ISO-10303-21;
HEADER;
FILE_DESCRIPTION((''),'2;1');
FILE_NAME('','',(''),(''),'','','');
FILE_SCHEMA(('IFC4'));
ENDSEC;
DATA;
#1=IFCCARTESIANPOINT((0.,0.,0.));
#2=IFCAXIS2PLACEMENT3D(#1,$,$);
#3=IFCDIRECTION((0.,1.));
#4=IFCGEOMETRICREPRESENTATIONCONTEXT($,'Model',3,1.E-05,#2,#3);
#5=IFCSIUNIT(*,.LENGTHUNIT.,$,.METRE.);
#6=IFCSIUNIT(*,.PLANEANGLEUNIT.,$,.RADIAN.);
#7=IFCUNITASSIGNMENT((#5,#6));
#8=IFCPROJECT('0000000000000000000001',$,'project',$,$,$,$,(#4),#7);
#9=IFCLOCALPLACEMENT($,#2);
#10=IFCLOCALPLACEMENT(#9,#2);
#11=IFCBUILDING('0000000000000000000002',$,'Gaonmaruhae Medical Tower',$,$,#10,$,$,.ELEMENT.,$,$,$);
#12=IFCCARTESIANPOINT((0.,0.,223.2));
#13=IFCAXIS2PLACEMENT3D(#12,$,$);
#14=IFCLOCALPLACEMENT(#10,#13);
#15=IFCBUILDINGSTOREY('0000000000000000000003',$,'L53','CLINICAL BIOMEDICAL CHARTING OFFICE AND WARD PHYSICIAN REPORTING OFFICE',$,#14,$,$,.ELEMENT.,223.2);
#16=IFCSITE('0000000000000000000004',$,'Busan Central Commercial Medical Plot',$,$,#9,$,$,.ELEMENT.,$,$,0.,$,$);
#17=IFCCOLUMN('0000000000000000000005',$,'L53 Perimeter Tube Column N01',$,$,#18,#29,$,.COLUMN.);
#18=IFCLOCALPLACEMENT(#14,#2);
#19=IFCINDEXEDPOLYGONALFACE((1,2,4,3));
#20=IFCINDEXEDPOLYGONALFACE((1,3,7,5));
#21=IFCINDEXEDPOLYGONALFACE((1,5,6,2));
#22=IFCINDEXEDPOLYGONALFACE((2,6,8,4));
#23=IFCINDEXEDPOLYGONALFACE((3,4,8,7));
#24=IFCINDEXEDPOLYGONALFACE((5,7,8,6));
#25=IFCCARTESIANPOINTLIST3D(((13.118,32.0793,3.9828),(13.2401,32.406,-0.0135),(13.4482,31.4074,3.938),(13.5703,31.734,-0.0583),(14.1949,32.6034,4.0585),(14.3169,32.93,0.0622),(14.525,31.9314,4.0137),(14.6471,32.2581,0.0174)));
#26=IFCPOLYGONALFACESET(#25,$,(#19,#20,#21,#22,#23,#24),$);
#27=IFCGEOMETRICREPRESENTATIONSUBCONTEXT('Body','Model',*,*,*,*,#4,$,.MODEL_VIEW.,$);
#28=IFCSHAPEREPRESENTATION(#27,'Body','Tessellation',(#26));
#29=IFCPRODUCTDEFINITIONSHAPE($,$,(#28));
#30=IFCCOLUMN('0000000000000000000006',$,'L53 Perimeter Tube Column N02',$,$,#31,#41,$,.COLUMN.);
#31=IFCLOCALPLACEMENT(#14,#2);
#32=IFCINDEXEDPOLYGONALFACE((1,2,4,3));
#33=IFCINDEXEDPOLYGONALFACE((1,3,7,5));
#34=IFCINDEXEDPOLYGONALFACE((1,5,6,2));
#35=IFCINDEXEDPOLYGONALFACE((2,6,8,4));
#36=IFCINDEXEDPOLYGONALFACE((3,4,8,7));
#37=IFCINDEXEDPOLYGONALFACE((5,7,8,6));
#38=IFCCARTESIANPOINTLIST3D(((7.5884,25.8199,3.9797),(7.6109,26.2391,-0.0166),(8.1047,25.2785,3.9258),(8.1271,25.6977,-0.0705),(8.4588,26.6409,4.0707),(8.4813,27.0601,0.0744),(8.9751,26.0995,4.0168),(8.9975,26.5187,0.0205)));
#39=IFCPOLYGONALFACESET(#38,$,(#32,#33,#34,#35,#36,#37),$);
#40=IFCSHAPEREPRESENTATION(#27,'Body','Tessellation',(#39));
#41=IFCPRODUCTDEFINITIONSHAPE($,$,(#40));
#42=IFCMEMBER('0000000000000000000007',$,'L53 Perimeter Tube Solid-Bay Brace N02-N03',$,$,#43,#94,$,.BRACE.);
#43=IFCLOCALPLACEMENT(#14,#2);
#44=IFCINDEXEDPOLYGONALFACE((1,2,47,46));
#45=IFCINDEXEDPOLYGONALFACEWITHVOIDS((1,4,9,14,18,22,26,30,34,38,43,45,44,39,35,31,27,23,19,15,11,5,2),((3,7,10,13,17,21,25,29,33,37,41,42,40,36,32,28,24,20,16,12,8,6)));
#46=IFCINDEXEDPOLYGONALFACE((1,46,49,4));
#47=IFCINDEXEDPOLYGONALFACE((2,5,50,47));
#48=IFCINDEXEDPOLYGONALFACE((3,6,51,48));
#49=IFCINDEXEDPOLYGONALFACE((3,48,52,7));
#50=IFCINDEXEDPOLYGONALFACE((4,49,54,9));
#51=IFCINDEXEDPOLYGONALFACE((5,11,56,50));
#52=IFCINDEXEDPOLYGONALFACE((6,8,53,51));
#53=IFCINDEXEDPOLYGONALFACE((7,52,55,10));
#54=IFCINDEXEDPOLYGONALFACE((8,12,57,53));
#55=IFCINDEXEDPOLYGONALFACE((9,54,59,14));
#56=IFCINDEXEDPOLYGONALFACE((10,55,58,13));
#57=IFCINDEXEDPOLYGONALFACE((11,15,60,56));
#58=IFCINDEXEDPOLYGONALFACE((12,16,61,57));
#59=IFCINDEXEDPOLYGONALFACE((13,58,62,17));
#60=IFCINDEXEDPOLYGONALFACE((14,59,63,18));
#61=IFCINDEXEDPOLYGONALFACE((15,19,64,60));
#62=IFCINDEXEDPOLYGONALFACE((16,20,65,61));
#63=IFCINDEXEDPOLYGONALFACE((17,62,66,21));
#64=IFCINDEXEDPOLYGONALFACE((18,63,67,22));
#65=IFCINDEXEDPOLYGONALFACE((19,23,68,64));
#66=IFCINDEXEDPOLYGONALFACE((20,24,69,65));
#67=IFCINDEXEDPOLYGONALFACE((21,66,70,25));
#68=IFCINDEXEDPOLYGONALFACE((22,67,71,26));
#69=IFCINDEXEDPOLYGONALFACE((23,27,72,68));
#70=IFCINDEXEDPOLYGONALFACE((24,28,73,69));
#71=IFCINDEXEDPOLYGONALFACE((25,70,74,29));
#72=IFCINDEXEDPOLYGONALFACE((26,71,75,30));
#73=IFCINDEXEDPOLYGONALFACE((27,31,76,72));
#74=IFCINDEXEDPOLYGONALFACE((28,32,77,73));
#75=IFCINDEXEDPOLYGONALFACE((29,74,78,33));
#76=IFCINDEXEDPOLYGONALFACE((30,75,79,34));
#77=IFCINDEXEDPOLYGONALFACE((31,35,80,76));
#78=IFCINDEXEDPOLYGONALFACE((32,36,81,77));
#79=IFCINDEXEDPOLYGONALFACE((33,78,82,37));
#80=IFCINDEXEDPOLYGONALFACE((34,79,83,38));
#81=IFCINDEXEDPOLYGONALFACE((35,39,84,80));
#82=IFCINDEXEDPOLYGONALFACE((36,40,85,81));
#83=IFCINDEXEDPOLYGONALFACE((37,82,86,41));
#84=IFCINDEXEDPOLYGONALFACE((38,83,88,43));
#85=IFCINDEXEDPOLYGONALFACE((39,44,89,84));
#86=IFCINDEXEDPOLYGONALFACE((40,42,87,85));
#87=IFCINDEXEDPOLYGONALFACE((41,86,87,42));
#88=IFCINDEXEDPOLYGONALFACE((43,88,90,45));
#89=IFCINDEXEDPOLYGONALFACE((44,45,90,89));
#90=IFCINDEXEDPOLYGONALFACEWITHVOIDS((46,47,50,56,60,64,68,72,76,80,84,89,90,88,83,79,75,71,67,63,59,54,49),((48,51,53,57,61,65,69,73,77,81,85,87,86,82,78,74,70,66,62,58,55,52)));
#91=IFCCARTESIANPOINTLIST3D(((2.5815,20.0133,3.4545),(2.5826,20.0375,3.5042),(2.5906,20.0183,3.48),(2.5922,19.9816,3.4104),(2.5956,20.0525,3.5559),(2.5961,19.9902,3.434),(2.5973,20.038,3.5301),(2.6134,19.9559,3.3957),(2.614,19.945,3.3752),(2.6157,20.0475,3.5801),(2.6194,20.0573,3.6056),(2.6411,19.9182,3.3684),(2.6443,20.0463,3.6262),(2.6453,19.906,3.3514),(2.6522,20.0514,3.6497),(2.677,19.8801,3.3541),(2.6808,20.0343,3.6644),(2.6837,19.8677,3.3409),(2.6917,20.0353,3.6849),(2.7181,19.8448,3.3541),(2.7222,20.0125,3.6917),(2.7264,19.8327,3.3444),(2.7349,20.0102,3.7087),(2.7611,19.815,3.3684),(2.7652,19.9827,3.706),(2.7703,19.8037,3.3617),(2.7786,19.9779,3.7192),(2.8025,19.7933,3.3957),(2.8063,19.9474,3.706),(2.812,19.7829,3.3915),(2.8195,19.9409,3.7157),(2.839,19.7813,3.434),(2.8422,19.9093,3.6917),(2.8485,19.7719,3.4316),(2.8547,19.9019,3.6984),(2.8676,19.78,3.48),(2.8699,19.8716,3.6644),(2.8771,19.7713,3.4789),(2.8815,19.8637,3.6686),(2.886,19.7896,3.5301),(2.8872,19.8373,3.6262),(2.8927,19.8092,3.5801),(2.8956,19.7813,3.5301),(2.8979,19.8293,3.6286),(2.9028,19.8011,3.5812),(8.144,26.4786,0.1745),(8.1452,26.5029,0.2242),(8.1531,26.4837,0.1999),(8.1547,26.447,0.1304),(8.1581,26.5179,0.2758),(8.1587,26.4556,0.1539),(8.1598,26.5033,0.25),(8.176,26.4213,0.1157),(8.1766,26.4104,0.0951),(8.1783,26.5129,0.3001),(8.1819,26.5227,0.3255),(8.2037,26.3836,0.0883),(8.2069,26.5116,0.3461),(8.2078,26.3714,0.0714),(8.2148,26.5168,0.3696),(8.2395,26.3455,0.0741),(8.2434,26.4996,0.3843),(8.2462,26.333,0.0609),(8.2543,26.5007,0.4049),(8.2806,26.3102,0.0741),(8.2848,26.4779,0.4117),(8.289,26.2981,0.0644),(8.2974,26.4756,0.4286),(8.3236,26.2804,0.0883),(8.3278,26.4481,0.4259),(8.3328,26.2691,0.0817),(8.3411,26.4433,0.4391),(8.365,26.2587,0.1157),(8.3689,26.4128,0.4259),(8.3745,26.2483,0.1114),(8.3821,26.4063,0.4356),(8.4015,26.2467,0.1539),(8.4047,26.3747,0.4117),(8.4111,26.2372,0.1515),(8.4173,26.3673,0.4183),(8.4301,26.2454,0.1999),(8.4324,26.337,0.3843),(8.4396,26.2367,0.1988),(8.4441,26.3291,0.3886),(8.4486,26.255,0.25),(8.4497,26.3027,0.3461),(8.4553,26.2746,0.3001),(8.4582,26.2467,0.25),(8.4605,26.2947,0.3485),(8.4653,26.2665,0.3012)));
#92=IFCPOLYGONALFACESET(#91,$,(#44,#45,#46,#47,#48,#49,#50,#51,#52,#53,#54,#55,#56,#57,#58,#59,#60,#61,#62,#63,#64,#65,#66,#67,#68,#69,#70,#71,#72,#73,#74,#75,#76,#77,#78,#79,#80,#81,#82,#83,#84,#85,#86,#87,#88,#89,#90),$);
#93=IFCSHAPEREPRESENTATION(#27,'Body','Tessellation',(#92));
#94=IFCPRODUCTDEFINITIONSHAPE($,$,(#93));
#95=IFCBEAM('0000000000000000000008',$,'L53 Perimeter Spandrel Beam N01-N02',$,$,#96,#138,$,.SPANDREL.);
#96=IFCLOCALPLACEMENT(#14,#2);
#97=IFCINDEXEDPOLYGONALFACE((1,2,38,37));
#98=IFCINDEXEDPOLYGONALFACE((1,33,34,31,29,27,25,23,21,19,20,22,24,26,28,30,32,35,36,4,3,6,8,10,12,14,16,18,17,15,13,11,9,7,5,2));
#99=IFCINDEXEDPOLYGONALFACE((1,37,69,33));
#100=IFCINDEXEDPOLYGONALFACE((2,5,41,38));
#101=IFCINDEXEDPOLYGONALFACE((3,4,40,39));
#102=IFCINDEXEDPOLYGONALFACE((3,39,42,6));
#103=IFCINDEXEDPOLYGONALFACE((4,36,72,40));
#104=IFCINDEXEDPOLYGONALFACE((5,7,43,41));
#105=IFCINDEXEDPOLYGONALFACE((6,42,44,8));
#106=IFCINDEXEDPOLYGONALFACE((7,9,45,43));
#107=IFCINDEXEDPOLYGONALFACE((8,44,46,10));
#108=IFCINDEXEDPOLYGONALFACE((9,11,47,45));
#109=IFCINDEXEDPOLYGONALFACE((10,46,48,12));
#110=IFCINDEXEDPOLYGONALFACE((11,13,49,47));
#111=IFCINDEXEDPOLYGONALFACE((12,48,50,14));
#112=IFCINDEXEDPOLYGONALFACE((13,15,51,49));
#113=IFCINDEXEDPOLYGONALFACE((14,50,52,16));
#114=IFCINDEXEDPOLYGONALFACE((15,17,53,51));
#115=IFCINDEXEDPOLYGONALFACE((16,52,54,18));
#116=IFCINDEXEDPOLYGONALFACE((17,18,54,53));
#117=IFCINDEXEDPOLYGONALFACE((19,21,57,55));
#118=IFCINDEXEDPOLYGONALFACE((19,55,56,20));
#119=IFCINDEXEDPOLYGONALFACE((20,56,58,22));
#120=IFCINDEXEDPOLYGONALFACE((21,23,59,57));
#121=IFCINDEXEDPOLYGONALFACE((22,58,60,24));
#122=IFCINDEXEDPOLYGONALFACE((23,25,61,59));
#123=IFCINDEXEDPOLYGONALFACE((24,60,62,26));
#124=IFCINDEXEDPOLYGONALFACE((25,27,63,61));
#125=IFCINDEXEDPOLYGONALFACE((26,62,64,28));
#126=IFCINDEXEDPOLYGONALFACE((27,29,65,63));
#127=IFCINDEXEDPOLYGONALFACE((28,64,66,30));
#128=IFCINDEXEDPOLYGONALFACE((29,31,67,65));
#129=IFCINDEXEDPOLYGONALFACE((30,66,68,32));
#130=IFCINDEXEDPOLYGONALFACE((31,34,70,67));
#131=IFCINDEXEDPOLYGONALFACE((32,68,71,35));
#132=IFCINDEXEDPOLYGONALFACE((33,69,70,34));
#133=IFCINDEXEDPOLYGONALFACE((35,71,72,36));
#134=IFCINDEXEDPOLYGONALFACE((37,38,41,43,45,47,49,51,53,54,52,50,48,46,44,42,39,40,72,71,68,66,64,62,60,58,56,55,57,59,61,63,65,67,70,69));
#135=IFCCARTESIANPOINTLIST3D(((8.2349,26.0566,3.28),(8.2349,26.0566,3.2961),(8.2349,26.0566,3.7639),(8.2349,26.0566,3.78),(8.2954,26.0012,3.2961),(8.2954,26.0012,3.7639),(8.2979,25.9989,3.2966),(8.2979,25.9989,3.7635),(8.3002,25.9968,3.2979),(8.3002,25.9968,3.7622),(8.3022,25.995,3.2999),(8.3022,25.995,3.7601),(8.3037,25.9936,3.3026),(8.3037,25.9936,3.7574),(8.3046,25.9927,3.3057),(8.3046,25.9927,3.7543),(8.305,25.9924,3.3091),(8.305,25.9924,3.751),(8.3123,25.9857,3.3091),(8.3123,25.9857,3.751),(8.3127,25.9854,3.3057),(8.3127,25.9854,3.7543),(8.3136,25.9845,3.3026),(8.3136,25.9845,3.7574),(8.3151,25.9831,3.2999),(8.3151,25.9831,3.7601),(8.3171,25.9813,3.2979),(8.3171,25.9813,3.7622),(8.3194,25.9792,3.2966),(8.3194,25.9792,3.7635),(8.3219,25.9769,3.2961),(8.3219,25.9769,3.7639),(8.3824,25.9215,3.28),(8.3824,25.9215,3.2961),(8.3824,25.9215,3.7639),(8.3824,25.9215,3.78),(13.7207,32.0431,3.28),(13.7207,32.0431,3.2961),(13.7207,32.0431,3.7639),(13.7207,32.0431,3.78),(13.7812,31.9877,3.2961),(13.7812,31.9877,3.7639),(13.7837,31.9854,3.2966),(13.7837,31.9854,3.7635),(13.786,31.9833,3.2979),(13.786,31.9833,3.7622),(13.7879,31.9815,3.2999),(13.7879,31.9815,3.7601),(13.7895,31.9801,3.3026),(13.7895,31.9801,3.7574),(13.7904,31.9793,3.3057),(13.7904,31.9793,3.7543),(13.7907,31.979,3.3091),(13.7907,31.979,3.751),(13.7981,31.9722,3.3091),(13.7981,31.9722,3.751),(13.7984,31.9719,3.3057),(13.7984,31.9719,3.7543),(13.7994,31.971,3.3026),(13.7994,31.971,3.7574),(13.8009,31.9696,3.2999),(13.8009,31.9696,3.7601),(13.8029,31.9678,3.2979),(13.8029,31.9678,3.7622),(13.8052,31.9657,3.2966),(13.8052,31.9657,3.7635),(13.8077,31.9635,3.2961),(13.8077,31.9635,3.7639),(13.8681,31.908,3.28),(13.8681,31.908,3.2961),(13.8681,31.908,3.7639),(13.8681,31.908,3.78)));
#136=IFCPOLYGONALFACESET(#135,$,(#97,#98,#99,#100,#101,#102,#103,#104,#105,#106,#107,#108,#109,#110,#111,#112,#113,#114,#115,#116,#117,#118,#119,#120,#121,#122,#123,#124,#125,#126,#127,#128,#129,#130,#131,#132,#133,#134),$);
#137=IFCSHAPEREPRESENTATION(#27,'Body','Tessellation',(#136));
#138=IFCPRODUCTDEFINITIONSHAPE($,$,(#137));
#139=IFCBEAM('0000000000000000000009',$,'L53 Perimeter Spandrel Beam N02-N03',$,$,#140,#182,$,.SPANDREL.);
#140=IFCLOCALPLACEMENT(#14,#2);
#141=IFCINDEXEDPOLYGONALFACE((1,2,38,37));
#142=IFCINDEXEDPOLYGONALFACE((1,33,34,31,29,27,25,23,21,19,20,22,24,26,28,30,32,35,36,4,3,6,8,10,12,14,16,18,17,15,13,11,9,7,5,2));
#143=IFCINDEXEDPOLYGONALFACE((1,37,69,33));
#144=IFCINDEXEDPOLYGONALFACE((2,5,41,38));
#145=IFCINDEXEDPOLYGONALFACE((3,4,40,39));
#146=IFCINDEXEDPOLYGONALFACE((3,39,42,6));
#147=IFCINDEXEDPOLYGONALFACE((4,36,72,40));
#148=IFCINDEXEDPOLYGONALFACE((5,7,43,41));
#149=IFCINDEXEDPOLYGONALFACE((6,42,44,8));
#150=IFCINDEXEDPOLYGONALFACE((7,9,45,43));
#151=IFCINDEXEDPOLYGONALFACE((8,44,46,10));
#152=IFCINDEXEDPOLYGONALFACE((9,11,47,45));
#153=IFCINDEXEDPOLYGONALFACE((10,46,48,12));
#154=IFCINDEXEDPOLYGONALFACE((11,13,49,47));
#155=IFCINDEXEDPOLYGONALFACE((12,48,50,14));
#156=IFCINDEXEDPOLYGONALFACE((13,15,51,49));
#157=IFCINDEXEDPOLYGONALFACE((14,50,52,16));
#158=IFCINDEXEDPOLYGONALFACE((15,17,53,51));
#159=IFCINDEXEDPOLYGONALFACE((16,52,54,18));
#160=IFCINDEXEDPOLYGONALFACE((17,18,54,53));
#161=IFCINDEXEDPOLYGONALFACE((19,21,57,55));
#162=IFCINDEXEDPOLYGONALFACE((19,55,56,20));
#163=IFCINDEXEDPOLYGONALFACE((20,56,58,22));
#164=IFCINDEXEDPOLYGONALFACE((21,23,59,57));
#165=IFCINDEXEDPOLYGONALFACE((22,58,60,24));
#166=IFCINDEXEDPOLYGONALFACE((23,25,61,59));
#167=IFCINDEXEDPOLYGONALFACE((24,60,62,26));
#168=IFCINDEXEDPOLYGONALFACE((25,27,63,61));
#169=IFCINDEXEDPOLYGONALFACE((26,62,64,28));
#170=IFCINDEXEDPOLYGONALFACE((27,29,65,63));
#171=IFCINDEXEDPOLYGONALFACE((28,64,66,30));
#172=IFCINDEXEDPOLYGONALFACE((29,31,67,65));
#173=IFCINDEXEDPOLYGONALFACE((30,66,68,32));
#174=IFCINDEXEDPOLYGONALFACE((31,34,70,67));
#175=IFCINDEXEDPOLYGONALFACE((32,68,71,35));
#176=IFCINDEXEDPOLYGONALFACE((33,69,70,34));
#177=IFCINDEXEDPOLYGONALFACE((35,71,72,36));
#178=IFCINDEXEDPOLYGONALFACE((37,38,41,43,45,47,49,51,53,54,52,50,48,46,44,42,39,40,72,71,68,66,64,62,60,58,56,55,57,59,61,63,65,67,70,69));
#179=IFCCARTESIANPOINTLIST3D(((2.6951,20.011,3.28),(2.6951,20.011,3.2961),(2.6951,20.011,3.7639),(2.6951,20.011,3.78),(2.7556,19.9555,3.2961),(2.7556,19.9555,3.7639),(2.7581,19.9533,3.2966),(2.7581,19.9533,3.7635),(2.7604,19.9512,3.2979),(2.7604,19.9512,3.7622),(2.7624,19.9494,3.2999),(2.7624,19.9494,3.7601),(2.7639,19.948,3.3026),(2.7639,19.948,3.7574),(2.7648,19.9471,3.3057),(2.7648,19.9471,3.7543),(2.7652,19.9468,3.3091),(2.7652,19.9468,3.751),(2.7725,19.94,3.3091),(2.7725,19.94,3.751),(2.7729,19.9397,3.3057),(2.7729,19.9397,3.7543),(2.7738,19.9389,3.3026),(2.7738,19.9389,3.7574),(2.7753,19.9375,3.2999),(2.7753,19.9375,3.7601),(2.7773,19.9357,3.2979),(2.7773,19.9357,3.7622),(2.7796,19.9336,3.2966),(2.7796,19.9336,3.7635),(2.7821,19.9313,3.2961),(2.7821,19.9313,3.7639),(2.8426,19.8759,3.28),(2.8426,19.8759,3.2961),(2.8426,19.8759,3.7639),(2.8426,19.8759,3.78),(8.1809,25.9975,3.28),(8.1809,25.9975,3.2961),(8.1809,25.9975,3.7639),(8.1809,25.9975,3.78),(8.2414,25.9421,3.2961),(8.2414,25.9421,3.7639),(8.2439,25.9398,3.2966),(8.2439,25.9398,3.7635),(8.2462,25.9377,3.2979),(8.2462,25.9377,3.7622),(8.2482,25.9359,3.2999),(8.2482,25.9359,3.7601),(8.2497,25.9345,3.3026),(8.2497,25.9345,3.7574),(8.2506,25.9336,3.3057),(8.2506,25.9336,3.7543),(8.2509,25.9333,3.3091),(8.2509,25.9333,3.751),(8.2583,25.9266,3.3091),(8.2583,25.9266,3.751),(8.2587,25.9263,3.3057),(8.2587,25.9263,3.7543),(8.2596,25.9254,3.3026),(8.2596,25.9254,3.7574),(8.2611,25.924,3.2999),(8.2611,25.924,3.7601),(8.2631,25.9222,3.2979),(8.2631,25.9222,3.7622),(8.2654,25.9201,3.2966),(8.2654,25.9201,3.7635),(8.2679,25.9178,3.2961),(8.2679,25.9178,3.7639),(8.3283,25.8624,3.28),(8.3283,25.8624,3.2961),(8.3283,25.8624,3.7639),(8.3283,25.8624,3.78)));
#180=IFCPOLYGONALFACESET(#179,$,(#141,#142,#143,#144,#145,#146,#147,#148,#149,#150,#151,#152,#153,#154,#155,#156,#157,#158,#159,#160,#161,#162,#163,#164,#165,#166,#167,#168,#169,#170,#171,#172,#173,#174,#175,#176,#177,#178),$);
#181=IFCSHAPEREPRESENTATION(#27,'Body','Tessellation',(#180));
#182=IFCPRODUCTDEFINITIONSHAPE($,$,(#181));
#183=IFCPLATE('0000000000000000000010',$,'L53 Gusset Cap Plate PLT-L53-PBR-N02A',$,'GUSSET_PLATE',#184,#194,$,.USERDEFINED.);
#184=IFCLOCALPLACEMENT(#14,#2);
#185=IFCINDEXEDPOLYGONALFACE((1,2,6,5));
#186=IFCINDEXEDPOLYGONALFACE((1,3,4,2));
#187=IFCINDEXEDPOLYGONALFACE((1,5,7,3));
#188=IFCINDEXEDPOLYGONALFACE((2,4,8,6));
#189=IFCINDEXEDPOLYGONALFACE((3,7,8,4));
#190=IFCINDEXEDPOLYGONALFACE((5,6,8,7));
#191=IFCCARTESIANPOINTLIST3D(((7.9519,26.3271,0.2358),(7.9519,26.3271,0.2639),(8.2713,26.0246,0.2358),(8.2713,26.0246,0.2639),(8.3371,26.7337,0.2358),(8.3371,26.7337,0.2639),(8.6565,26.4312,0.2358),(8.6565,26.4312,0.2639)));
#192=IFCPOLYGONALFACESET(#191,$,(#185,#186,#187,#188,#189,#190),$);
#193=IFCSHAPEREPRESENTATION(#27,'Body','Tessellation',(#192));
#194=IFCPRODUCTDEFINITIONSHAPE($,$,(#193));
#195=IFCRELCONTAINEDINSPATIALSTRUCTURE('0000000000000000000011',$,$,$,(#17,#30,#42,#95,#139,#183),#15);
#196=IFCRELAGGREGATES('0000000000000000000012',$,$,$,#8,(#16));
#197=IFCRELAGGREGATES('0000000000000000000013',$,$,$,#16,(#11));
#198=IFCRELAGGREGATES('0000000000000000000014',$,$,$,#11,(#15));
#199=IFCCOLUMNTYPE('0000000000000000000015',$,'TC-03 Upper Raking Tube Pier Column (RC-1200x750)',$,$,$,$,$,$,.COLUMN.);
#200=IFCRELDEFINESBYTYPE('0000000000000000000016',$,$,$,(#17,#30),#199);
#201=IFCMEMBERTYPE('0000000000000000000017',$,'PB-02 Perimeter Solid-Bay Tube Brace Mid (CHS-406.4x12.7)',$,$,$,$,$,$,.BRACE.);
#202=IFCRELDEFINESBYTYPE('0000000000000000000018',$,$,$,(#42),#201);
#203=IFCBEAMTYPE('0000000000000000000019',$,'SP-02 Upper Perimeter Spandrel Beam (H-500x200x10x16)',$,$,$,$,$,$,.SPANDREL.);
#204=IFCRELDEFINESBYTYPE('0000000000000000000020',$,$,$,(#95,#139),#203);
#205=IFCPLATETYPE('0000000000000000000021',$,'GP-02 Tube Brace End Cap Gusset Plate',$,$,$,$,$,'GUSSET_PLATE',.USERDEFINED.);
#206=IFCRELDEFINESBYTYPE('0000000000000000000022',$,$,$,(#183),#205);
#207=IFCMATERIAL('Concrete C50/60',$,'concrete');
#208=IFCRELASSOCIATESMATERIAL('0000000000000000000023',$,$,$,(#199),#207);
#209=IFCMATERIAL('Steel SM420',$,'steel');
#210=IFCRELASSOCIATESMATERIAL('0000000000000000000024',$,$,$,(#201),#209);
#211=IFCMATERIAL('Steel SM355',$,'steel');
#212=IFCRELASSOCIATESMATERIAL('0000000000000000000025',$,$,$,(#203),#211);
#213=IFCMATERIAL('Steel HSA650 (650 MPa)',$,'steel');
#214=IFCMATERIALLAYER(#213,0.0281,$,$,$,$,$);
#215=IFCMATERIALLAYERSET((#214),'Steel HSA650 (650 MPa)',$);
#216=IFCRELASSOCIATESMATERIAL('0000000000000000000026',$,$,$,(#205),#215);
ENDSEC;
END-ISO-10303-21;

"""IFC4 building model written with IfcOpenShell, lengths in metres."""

from ifc_helpers import new_model, si_unit, direction, frame, origin, origin_2d, place, context, subcontext, project, spatial, rectangle, hollow_circle, i_section, extrude, material, layer, layer_set, material_profile, profile_set, type_object, element, save


model = new_model("IFC4")

# Units and contexts
model_context = context("Model", 3, precision=1e-05, world=origin(), true_north=direction((0.0, 1.0)))
body_context = subcontext(model_context, "Body", "Model", "MODEL_VIEW")
ifc_project = project(units=[si_unit("LENGTHUNIT", "METRE"), si_unit("PLANEANGLEUNIT", "RADIAN")], contexts=[model_context])

# Site, building, storey
site_placement = place(None, origin())
site = spatial("IfcSite", under=ifc_project, at=site_placement, Name="Busan Central Commercial Medical Plot", CompositionType="ELEMENT", RefElevation=0.0)
building_placement = place(site_placement, origin())
building = spatial("IfcBuilding", under=site, at=building_placement, Name="Gaonmaruhae Medical Tower", CompositionType="ELEMENT")
storey_placement = place(building_placement, frame((0.0, 0.0, 223.2)))
storey = spatial("IfcBuildingStorey", under=building, at=storey_placement, Name="L53", Description="CLINICAL BIOMEDICAL CHARTING OFFICE AND WARD PHYSICIAN REPORTING OFFICE", CompositionType="ELEMENT", Elevation=223.2)

# Columns
ifc_material_1 = material(Name="Concrete C50/60", Category="concrete")
ifc_material_profile_1 = material_profile(ifc_material_1, rectangle(XDim=1.2, YDim=0.75, at=origin_2d()), Name="RC-1200x750")
ifc_profile_set_1 = profile_set([ifc_material_profile_1], Name="Concrete C50/60")
column_type = type_object("IfcColumnType", Name="TC-03 Upper Raking Tube Pier Column (RC-1200x750)", PredefinedType="COLUMN", material=ifc_profile_set_1)
column_1_placement = place(storey_placement, frame((13.9436, 32.332, 0.002), z_axis=(-0.03043, -0.08143, 0.996214), x_axis=(0.897375, 0.436733, 0.063109)))
element("IfcColumn", 1, at=column_1_placement, inside=storey, type_object=column_type, Name="L53 Perimeter Tube Column N01", PredefinedType="COLUMN", context=body_context, shape_type="SweptSolid", body=[
    extrude(rectangle(XDim=1.2, YDim=0.75, at=origin_2d()), origin(), (0.0, 0.0, 1.0), 4.0115),
])
column_2_placement = place(storey_placement, frame((8.3042, 26.3789, 0.002), z_axis=(-0.00559, -0.104319, 0.994528), x_axis=(0.725367, 0.684172, 0.075842)))
element("IfcColumn", 2, at=column_2_placement, inside=storey, type_object=column_type, Name="L53 Perimeter Tube Column N02", PredefinedType="COLUMN", context=body_context, shape_type="SweptSolid", body=[
    extrude(rectangle(XDim=1.2, YDim=0.75, at=origin_2d()), origin(), (0.0, 0.0, 1.0), 4.0183),
])

# Member
ifc_material_2 = material(Name="Steel SM420", Category="steel")
ifc_material_profile_2 = material_profile(ifc_material_2, hollow_circle(Radius=0.2031, WallThickness=0.0127, at=origin_2d()), Name="CHS-406.4x12.7")
ifc_profile_set_2 = profile_set([ifc_material_profile_2], Name="Steel SM420")
member_type = type_object("IfcMemberType", Name="PB-02 Perimeter Solid-Bay Tube Brace Mid (CHS-406.4x12.7)", PredefinedType="BRACE", material=ifc_profile_set_2)
member_placement = place(storey_placement, frame((8.3042, 26.3792, 0.25), z_axis=(-0.608731, -0.707532, 0.358949), x_axis=(0.758051, -0.652195, 0.0)))
element("IfcMember", 3, at=member_placement, inside=storey, type_object=member_type, Name="L53 Perimeter Tube Solid-Bay Brace N02-N03", PredefinedType="BRACE", context=body_context, shape_type="SweptSolid", body=[
    extrude(hollow_circle(Radius=0.2031, WallThickness=0.0127, at=origin_2d()), origin(), (0.0, 0.0, 1.0), 9.1379),
])

# Beams
ifc_material_3 = material(Name="Steel SM355", Category="steel")
ifc_material_profile_3 = material_profile(ifc_material_3, i_section(OverallWidth=0.2, OverallDepth=0.5, WebThickness=0.01, FlangeThickness=0.0161, FilletRadius=0.0129, at=origin_2d()), Name="H-500x200x10x16")
ifc_profile_set_3 = profile_set([ifc_material_profile_3], Name="Steel SM355")
beam_type = type_object("IfcBeamType", Name="SP-02 Upper Perimeter Spandrel Beam (H-500x200x10x16)", PredefinedType="SPANDREL", material=ifc_profile_set_3)
for number, where, z_axis, x_axis, name in (
    (4, (13.7944, 31.9756, 3.53), (-0.675601, -0.737268, 0.0), (0.737268, -0.675601, 0.0), "L53 Perimeter Spandrel Beam N01-N02"),
    (5, (8.2546, 25.9299, 3.53), (-0.675601, -0.737268, 0.0), (0.737268, -0.675601, 0.0), "L53 Perimeter Spandrel Beam N02-N03"),
):
    element("IfcBeam", number, at=place(storey_placement, frame(where, z_axis=z_axis, x_axis=x_axis)), inside=storey, type_object=beam_type, Name=name, PredefinedType="SPANDREL", context=body_context, shape_type="SweptSolid", body=[
        extrude(i_section(OverallWidth=0.2, OverallDepth=0.5, WebThickness=0.01, FlangeThickness=0.0161, FilletRadius=0.0129, at=origin_2d()), origin(), (0.0, 0.0, 1.0), 8.1199),
    ])

# Plate
ifc_material_4 = material(Name="Steel HSA650 (650 MPa)", Category="steel")
ifc_layer_1 = layer(ifc_material_4, 0.0281)
ifc_layer_set_1 = layer_set([ifc_layer_1], Name="Steel HSA650 (650 MPa)")
plate_type_1 = type_object("IfcPlateType", Name="GP-02 Tube Brace End Cap Gusset Plate", ElementType="GUSSET_PLATE", PredefinedType="USERDEFINED", material=ifc_layer_set_1)
plate_1_placement = place(storey_placement, frame((8.3042, 26.3792, 0.2358), z_axis=(0.0, 0.0, 1.0), x_axis=(0.687721, 0.725975, 0.0)))
element("IfcPlate", 6, at=plate_1_placement, inside=storey, type_object=plate_type_1, Name="L53 Gusset Cap Plate PLT-L53-PBR-N02A", ObjectType="GUSSET_PLATE", PredefinedType="USERDEFINED", context=body_context, shape_type="SweptSolid", body=[
    extrude(rectangle(XDim=0.5601, YDim=0.4399, at=origin_2d()), origin(), (0.0, 0.0, 1.0), 0.0281),
])

save(model, "model.ifc")
